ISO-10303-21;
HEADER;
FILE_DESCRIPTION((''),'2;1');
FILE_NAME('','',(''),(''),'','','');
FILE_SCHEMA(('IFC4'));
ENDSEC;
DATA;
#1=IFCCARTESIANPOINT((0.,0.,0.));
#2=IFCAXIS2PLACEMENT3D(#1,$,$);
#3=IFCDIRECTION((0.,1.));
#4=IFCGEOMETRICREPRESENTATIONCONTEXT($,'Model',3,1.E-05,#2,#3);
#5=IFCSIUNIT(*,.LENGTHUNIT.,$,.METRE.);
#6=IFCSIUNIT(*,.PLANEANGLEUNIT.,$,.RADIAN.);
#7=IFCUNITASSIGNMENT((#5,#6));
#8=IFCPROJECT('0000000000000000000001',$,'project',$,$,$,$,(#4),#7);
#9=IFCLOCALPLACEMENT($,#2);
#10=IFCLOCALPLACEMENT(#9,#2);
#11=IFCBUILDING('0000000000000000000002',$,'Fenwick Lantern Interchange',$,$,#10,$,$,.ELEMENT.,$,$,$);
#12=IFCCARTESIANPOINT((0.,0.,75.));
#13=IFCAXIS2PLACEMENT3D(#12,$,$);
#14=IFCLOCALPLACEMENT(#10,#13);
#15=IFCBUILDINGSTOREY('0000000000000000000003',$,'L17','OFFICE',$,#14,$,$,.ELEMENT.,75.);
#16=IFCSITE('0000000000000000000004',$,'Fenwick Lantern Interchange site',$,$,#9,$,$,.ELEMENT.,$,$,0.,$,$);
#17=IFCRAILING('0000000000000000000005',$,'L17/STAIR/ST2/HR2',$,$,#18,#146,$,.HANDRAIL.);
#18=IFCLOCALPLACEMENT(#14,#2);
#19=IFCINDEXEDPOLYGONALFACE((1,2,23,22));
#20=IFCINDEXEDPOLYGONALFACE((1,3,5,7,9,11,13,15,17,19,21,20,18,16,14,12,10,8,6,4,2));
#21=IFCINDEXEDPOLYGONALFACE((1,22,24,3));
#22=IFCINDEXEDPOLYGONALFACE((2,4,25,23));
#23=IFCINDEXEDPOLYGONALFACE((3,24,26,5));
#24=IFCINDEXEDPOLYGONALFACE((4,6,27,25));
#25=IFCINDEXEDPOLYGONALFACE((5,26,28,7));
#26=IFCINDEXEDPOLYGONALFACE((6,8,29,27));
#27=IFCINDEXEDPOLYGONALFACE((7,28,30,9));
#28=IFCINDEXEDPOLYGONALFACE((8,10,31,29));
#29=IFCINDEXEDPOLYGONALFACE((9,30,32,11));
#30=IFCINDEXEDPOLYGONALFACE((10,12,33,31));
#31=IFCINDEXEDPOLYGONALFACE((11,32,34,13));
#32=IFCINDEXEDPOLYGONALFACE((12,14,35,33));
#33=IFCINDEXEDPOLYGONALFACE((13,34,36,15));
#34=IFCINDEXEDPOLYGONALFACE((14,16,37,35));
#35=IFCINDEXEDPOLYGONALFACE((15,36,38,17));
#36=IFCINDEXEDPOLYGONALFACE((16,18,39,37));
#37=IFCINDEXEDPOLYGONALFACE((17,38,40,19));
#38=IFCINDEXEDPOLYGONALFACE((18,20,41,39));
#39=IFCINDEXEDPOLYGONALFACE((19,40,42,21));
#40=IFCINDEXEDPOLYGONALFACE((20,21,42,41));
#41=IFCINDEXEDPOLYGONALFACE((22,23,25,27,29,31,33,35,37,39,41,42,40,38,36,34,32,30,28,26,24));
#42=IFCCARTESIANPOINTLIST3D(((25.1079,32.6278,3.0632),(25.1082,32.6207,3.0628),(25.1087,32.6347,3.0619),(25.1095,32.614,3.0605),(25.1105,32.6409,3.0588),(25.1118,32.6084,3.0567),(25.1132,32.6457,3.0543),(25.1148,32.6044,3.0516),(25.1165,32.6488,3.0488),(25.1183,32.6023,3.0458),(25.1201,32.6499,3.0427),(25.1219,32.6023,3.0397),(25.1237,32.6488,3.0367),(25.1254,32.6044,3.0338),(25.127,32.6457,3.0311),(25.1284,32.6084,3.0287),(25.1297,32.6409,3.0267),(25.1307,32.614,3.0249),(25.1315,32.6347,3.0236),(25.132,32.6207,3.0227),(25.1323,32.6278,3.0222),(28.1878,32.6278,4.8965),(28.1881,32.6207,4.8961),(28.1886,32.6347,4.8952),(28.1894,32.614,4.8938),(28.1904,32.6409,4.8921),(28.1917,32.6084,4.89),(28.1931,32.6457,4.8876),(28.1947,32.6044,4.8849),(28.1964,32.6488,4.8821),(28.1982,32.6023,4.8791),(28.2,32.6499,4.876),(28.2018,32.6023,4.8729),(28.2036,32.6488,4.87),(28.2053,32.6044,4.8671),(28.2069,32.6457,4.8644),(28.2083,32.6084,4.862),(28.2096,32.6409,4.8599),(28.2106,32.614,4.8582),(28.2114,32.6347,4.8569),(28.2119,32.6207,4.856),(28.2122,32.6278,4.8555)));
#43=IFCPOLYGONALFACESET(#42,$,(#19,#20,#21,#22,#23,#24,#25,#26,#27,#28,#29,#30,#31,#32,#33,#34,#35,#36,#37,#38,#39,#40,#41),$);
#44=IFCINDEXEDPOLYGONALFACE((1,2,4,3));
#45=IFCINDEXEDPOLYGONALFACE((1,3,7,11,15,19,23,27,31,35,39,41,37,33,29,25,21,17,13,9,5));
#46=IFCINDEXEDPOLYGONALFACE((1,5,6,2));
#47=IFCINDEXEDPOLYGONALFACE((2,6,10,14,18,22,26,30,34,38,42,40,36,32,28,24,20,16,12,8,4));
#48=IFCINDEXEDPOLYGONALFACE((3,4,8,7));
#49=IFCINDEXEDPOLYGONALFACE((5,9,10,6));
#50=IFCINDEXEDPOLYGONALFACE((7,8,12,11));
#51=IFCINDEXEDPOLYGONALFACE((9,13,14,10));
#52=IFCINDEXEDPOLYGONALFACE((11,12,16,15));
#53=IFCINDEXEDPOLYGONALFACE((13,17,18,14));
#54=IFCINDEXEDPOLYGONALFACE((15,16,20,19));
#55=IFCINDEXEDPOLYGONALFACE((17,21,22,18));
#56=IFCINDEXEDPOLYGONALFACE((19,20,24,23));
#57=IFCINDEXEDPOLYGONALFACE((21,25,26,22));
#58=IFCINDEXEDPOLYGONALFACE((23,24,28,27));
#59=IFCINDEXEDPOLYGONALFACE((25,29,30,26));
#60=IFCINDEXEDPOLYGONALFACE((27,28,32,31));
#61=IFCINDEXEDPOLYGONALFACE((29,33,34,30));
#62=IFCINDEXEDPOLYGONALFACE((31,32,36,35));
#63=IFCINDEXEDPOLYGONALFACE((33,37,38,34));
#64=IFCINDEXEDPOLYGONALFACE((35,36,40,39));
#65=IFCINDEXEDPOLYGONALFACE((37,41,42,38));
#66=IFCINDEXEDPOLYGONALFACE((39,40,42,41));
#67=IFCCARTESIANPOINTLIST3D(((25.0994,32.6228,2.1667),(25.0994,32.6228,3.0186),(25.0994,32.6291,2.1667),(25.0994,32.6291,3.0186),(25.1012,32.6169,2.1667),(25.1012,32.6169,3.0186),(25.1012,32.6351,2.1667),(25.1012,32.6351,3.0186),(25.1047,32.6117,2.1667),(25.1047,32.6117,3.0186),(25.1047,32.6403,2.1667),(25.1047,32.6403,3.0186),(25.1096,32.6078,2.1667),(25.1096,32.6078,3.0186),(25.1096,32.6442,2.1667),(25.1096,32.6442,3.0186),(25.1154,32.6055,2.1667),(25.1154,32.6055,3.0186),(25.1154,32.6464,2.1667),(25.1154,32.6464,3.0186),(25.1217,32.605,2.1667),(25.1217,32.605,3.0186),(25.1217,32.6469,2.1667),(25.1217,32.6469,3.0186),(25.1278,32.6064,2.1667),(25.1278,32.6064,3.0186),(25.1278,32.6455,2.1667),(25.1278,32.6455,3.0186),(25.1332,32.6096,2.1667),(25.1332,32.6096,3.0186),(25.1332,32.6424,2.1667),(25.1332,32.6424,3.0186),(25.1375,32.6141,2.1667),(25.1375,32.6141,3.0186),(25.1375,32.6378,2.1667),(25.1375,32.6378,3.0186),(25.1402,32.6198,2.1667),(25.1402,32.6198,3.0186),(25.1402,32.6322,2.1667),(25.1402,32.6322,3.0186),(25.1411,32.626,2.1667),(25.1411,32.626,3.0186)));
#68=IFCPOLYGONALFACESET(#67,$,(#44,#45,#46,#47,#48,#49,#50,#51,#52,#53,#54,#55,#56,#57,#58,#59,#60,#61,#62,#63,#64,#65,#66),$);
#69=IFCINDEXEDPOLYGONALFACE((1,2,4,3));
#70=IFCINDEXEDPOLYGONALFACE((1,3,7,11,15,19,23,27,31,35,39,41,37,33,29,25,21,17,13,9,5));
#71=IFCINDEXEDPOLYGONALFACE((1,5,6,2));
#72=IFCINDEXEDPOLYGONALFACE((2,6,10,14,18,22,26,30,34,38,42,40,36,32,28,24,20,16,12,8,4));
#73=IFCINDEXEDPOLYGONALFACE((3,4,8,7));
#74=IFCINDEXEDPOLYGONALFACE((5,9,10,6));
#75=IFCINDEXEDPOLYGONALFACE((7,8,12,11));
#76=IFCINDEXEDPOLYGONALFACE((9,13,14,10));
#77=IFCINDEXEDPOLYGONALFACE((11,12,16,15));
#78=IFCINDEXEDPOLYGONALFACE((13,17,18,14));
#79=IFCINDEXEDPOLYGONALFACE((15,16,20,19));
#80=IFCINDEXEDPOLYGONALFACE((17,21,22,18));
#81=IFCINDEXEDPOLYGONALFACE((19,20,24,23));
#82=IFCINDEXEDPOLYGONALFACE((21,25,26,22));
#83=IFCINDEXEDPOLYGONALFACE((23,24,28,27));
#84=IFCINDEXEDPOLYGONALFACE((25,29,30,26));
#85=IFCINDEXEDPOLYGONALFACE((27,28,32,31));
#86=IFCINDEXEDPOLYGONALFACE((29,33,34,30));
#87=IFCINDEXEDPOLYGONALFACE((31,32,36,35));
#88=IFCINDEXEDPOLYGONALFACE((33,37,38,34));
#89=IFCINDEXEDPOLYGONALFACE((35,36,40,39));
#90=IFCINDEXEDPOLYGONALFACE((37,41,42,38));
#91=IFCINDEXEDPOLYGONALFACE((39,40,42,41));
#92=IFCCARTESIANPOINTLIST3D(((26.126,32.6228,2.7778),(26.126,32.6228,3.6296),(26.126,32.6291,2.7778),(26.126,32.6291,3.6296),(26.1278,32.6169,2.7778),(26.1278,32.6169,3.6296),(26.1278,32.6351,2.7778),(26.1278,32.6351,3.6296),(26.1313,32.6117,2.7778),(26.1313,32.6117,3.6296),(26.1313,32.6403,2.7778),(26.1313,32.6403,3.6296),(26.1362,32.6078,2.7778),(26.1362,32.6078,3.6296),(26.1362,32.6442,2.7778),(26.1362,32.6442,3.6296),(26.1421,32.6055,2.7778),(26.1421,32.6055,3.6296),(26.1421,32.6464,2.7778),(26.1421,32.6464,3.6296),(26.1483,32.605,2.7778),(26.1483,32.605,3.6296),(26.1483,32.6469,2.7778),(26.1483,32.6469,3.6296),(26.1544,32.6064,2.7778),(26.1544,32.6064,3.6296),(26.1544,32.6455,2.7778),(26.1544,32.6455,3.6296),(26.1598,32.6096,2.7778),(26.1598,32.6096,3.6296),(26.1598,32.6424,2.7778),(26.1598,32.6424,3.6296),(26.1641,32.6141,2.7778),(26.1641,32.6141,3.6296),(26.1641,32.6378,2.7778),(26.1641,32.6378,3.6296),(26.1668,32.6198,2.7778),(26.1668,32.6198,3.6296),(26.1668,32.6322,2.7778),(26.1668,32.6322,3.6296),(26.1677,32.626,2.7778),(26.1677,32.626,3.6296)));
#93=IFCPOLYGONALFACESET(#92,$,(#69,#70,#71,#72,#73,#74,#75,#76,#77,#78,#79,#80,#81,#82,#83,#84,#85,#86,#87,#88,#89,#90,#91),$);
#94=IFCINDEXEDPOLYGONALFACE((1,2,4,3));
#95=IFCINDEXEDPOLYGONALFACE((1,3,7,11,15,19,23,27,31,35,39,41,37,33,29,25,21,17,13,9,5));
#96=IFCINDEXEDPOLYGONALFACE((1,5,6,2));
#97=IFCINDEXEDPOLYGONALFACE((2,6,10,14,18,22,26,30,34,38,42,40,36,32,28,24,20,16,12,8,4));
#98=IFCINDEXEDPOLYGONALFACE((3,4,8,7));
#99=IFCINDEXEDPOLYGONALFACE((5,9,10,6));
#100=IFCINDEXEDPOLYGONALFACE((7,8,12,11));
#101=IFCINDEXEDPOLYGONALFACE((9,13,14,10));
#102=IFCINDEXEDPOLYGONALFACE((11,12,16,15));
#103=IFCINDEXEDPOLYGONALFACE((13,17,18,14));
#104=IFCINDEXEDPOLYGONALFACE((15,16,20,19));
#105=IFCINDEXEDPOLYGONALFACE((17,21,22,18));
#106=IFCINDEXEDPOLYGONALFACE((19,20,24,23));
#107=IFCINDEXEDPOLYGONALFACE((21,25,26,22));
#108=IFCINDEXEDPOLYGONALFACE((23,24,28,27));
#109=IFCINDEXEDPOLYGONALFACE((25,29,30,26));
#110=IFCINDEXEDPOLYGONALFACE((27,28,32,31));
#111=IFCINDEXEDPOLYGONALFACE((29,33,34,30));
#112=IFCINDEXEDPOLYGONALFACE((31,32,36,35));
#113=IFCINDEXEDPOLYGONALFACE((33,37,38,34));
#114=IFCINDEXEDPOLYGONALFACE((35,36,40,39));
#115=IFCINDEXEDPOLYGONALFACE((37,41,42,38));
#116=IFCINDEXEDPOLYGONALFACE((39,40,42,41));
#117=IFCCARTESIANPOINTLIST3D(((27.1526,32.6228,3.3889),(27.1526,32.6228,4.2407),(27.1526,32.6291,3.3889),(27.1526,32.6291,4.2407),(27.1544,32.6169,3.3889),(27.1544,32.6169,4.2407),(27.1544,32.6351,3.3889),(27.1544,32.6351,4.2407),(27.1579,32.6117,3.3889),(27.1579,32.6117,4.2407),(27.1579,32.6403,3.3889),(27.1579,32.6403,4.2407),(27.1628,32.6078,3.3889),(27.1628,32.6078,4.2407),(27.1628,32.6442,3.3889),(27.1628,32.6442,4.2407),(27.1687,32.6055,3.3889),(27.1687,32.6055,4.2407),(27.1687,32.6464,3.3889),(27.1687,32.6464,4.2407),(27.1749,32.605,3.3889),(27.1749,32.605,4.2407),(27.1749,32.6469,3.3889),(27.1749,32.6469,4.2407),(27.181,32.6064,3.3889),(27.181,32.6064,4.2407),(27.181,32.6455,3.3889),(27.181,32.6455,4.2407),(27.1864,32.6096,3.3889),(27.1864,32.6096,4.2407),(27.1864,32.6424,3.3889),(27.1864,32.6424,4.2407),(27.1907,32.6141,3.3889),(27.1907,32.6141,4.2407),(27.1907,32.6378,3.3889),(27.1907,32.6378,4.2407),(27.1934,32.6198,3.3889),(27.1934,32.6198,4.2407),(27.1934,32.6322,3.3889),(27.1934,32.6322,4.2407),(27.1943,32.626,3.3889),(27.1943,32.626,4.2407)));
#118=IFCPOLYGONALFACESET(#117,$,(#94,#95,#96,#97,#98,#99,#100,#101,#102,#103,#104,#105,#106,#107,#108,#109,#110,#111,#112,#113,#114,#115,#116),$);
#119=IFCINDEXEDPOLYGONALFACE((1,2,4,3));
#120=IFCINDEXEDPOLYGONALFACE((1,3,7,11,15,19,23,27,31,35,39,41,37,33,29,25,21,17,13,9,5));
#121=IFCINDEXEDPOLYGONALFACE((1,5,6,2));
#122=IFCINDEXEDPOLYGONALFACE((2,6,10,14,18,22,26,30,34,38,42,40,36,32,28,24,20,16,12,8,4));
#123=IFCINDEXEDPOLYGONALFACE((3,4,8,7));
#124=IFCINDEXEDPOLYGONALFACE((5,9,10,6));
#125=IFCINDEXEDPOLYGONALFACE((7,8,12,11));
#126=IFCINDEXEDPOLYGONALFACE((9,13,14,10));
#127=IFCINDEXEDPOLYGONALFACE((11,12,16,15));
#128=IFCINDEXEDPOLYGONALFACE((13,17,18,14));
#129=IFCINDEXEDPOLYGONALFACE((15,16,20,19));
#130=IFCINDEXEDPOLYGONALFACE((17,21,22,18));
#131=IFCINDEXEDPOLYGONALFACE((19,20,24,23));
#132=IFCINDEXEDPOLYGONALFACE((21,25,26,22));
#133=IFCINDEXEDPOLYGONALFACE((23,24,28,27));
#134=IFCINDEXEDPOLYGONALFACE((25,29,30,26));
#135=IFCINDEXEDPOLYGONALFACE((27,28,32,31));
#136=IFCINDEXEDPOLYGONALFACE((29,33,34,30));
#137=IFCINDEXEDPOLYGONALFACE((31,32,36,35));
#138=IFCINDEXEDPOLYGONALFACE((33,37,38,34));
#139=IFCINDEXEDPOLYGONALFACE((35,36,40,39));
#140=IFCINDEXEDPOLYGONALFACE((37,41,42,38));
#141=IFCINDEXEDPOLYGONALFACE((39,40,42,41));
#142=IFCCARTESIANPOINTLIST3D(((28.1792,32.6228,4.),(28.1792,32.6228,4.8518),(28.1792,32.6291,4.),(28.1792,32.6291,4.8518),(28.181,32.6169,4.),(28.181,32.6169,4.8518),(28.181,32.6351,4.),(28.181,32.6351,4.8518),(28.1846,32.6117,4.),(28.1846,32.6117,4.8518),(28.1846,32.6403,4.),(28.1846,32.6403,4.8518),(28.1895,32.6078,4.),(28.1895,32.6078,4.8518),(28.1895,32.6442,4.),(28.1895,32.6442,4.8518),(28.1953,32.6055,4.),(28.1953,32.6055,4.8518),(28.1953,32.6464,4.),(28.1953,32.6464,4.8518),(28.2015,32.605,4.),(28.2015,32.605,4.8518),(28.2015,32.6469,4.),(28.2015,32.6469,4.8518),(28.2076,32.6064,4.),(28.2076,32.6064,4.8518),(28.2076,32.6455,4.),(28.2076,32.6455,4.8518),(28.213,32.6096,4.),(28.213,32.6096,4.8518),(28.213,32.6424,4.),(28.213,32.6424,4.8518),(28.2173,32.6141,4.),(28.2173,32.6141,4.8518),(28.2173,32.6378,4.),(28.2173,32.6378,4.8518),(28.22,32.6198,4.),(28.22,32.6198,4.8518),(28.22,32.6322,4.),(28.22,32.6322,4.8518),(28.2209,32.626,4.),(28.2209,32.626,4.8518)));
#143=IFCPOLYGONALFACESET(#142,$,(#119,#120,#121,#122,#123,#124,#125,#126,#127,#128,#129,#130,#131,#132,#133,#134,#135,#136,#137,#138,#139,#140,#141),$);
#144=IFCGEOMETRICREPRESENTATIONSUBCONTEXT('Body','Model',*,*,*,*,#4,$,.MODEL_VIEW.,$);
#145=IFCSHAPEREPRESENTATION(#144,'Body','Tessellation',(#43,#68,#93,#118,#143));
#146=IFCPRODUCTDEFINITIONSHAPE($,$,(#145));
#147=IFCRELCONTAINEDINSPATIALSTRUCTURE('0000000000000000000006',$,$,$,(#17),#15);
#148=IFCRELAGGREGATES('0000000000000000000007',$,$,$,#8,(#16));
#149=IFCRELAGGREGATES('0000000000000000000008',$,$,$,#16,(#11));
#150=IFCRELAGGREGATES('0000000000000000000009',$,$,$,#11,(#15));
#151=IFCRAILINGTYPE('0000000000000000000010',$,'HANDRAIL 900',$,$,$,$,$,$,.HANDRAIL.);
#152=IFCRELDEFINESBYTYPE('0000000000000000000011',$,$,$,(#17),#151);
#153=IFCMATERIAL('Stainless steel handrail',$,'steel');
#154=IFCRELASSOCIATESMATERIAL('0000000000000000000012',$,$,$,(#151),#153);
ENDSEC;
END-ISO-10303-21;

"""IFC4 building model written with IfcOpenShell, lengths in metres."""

from ifc_helpers import new_model, si_unit, direction, frame, origin, origin_2d, place, context, subcontext, project, spatial, circle, extrude, material, type_object, element, save


model = new_model("IFC4")

# Units and contexts
model_context = context("Model", 3, precision=1e-05, world=origin(), true_north=direction((0.0, 1.0)))
body_context = subcontext(model_context, "Body", "Model", "MODEL_VIEW")
ifc_project = project(units=[si_unit("LENGTHUNIT", "METRE"), si_unit("PLANEANGLEUNIT", "RADIAN")], contexts=[model_context])

# Site, building, storey
site_placement = place(None, origin())
site = spatial("IfcSite", under=ifc_project, at=site_placement, Name="Fenwick Lantern Interchange site", CompositionType="ELEMENT", RefElevation=0.0)
building_placement = place(site_placement, origin())
building = spatial("IfcBuilding", under=site, at=building_placement, Name="Fenwick Lantern Interchange", CompositionType="ELEMENT")
storey_placement = place(building_placement, frame((0.0, 0.0, 75.0)))
storey = spatial("IfcBuildingStorey", under=building, at=storey_placement, Name="L17", Description="OFFICE", CompositionType="ELEMENT", Elevation=75.0)

# Railing
ifc_material_1 = material(Name="Stainless steel handrail", Category="steel")
railing_type = type_object("IfcRailingType", Name="HANDRAIL 900", PredefinedType="HANDRAIL", material=ifc_material_1)
railing_1_placement = place(storey_placement, frame((25.1201, 32.626, 2.1667)))
element("IfcRailing", 1, at=railing_1_placement, inside=storey, type_object=railing_type, Name="L17/STAIR/ST2/HR2", PredefinedType="HANDRAIL", context=body_context, shape_type="SweptSolid", body=[
    extrude(circle(Radius=0.0239, at=origin_2d()), frame((0.0, 0.0, 0.876), z_axis=(0.859291, 0.0, 0.511487), x_axis=(0.0, 1.0, 0.0)), (0.0, 0.0, 1.0), 3.5842),
    extrude(circle(Radius=0.021, at=origin_2d()), origin(), (0.0, 0.0, 1.0), 0.8518),
    extrude(circle(Radius=0.021, at=origin_2d()), frame((1.0266, 0.0, 0.6111)), (0.0, 0.0, 1.0), 0.8518),
    extrude(circle(Radius=0.021, at=origin_2d()), frame((2.0532, 0.0, 1.2222)), (0.0, 0.0, 1.0), 0.8518),
    extrude(circle(Radius=0.021, at=origin_2d()), frame((3.0798, 0.0, 1.8333)), (0.0, 0.0, 1.0), 0.8518),
])

save(model, "model.ifc")
